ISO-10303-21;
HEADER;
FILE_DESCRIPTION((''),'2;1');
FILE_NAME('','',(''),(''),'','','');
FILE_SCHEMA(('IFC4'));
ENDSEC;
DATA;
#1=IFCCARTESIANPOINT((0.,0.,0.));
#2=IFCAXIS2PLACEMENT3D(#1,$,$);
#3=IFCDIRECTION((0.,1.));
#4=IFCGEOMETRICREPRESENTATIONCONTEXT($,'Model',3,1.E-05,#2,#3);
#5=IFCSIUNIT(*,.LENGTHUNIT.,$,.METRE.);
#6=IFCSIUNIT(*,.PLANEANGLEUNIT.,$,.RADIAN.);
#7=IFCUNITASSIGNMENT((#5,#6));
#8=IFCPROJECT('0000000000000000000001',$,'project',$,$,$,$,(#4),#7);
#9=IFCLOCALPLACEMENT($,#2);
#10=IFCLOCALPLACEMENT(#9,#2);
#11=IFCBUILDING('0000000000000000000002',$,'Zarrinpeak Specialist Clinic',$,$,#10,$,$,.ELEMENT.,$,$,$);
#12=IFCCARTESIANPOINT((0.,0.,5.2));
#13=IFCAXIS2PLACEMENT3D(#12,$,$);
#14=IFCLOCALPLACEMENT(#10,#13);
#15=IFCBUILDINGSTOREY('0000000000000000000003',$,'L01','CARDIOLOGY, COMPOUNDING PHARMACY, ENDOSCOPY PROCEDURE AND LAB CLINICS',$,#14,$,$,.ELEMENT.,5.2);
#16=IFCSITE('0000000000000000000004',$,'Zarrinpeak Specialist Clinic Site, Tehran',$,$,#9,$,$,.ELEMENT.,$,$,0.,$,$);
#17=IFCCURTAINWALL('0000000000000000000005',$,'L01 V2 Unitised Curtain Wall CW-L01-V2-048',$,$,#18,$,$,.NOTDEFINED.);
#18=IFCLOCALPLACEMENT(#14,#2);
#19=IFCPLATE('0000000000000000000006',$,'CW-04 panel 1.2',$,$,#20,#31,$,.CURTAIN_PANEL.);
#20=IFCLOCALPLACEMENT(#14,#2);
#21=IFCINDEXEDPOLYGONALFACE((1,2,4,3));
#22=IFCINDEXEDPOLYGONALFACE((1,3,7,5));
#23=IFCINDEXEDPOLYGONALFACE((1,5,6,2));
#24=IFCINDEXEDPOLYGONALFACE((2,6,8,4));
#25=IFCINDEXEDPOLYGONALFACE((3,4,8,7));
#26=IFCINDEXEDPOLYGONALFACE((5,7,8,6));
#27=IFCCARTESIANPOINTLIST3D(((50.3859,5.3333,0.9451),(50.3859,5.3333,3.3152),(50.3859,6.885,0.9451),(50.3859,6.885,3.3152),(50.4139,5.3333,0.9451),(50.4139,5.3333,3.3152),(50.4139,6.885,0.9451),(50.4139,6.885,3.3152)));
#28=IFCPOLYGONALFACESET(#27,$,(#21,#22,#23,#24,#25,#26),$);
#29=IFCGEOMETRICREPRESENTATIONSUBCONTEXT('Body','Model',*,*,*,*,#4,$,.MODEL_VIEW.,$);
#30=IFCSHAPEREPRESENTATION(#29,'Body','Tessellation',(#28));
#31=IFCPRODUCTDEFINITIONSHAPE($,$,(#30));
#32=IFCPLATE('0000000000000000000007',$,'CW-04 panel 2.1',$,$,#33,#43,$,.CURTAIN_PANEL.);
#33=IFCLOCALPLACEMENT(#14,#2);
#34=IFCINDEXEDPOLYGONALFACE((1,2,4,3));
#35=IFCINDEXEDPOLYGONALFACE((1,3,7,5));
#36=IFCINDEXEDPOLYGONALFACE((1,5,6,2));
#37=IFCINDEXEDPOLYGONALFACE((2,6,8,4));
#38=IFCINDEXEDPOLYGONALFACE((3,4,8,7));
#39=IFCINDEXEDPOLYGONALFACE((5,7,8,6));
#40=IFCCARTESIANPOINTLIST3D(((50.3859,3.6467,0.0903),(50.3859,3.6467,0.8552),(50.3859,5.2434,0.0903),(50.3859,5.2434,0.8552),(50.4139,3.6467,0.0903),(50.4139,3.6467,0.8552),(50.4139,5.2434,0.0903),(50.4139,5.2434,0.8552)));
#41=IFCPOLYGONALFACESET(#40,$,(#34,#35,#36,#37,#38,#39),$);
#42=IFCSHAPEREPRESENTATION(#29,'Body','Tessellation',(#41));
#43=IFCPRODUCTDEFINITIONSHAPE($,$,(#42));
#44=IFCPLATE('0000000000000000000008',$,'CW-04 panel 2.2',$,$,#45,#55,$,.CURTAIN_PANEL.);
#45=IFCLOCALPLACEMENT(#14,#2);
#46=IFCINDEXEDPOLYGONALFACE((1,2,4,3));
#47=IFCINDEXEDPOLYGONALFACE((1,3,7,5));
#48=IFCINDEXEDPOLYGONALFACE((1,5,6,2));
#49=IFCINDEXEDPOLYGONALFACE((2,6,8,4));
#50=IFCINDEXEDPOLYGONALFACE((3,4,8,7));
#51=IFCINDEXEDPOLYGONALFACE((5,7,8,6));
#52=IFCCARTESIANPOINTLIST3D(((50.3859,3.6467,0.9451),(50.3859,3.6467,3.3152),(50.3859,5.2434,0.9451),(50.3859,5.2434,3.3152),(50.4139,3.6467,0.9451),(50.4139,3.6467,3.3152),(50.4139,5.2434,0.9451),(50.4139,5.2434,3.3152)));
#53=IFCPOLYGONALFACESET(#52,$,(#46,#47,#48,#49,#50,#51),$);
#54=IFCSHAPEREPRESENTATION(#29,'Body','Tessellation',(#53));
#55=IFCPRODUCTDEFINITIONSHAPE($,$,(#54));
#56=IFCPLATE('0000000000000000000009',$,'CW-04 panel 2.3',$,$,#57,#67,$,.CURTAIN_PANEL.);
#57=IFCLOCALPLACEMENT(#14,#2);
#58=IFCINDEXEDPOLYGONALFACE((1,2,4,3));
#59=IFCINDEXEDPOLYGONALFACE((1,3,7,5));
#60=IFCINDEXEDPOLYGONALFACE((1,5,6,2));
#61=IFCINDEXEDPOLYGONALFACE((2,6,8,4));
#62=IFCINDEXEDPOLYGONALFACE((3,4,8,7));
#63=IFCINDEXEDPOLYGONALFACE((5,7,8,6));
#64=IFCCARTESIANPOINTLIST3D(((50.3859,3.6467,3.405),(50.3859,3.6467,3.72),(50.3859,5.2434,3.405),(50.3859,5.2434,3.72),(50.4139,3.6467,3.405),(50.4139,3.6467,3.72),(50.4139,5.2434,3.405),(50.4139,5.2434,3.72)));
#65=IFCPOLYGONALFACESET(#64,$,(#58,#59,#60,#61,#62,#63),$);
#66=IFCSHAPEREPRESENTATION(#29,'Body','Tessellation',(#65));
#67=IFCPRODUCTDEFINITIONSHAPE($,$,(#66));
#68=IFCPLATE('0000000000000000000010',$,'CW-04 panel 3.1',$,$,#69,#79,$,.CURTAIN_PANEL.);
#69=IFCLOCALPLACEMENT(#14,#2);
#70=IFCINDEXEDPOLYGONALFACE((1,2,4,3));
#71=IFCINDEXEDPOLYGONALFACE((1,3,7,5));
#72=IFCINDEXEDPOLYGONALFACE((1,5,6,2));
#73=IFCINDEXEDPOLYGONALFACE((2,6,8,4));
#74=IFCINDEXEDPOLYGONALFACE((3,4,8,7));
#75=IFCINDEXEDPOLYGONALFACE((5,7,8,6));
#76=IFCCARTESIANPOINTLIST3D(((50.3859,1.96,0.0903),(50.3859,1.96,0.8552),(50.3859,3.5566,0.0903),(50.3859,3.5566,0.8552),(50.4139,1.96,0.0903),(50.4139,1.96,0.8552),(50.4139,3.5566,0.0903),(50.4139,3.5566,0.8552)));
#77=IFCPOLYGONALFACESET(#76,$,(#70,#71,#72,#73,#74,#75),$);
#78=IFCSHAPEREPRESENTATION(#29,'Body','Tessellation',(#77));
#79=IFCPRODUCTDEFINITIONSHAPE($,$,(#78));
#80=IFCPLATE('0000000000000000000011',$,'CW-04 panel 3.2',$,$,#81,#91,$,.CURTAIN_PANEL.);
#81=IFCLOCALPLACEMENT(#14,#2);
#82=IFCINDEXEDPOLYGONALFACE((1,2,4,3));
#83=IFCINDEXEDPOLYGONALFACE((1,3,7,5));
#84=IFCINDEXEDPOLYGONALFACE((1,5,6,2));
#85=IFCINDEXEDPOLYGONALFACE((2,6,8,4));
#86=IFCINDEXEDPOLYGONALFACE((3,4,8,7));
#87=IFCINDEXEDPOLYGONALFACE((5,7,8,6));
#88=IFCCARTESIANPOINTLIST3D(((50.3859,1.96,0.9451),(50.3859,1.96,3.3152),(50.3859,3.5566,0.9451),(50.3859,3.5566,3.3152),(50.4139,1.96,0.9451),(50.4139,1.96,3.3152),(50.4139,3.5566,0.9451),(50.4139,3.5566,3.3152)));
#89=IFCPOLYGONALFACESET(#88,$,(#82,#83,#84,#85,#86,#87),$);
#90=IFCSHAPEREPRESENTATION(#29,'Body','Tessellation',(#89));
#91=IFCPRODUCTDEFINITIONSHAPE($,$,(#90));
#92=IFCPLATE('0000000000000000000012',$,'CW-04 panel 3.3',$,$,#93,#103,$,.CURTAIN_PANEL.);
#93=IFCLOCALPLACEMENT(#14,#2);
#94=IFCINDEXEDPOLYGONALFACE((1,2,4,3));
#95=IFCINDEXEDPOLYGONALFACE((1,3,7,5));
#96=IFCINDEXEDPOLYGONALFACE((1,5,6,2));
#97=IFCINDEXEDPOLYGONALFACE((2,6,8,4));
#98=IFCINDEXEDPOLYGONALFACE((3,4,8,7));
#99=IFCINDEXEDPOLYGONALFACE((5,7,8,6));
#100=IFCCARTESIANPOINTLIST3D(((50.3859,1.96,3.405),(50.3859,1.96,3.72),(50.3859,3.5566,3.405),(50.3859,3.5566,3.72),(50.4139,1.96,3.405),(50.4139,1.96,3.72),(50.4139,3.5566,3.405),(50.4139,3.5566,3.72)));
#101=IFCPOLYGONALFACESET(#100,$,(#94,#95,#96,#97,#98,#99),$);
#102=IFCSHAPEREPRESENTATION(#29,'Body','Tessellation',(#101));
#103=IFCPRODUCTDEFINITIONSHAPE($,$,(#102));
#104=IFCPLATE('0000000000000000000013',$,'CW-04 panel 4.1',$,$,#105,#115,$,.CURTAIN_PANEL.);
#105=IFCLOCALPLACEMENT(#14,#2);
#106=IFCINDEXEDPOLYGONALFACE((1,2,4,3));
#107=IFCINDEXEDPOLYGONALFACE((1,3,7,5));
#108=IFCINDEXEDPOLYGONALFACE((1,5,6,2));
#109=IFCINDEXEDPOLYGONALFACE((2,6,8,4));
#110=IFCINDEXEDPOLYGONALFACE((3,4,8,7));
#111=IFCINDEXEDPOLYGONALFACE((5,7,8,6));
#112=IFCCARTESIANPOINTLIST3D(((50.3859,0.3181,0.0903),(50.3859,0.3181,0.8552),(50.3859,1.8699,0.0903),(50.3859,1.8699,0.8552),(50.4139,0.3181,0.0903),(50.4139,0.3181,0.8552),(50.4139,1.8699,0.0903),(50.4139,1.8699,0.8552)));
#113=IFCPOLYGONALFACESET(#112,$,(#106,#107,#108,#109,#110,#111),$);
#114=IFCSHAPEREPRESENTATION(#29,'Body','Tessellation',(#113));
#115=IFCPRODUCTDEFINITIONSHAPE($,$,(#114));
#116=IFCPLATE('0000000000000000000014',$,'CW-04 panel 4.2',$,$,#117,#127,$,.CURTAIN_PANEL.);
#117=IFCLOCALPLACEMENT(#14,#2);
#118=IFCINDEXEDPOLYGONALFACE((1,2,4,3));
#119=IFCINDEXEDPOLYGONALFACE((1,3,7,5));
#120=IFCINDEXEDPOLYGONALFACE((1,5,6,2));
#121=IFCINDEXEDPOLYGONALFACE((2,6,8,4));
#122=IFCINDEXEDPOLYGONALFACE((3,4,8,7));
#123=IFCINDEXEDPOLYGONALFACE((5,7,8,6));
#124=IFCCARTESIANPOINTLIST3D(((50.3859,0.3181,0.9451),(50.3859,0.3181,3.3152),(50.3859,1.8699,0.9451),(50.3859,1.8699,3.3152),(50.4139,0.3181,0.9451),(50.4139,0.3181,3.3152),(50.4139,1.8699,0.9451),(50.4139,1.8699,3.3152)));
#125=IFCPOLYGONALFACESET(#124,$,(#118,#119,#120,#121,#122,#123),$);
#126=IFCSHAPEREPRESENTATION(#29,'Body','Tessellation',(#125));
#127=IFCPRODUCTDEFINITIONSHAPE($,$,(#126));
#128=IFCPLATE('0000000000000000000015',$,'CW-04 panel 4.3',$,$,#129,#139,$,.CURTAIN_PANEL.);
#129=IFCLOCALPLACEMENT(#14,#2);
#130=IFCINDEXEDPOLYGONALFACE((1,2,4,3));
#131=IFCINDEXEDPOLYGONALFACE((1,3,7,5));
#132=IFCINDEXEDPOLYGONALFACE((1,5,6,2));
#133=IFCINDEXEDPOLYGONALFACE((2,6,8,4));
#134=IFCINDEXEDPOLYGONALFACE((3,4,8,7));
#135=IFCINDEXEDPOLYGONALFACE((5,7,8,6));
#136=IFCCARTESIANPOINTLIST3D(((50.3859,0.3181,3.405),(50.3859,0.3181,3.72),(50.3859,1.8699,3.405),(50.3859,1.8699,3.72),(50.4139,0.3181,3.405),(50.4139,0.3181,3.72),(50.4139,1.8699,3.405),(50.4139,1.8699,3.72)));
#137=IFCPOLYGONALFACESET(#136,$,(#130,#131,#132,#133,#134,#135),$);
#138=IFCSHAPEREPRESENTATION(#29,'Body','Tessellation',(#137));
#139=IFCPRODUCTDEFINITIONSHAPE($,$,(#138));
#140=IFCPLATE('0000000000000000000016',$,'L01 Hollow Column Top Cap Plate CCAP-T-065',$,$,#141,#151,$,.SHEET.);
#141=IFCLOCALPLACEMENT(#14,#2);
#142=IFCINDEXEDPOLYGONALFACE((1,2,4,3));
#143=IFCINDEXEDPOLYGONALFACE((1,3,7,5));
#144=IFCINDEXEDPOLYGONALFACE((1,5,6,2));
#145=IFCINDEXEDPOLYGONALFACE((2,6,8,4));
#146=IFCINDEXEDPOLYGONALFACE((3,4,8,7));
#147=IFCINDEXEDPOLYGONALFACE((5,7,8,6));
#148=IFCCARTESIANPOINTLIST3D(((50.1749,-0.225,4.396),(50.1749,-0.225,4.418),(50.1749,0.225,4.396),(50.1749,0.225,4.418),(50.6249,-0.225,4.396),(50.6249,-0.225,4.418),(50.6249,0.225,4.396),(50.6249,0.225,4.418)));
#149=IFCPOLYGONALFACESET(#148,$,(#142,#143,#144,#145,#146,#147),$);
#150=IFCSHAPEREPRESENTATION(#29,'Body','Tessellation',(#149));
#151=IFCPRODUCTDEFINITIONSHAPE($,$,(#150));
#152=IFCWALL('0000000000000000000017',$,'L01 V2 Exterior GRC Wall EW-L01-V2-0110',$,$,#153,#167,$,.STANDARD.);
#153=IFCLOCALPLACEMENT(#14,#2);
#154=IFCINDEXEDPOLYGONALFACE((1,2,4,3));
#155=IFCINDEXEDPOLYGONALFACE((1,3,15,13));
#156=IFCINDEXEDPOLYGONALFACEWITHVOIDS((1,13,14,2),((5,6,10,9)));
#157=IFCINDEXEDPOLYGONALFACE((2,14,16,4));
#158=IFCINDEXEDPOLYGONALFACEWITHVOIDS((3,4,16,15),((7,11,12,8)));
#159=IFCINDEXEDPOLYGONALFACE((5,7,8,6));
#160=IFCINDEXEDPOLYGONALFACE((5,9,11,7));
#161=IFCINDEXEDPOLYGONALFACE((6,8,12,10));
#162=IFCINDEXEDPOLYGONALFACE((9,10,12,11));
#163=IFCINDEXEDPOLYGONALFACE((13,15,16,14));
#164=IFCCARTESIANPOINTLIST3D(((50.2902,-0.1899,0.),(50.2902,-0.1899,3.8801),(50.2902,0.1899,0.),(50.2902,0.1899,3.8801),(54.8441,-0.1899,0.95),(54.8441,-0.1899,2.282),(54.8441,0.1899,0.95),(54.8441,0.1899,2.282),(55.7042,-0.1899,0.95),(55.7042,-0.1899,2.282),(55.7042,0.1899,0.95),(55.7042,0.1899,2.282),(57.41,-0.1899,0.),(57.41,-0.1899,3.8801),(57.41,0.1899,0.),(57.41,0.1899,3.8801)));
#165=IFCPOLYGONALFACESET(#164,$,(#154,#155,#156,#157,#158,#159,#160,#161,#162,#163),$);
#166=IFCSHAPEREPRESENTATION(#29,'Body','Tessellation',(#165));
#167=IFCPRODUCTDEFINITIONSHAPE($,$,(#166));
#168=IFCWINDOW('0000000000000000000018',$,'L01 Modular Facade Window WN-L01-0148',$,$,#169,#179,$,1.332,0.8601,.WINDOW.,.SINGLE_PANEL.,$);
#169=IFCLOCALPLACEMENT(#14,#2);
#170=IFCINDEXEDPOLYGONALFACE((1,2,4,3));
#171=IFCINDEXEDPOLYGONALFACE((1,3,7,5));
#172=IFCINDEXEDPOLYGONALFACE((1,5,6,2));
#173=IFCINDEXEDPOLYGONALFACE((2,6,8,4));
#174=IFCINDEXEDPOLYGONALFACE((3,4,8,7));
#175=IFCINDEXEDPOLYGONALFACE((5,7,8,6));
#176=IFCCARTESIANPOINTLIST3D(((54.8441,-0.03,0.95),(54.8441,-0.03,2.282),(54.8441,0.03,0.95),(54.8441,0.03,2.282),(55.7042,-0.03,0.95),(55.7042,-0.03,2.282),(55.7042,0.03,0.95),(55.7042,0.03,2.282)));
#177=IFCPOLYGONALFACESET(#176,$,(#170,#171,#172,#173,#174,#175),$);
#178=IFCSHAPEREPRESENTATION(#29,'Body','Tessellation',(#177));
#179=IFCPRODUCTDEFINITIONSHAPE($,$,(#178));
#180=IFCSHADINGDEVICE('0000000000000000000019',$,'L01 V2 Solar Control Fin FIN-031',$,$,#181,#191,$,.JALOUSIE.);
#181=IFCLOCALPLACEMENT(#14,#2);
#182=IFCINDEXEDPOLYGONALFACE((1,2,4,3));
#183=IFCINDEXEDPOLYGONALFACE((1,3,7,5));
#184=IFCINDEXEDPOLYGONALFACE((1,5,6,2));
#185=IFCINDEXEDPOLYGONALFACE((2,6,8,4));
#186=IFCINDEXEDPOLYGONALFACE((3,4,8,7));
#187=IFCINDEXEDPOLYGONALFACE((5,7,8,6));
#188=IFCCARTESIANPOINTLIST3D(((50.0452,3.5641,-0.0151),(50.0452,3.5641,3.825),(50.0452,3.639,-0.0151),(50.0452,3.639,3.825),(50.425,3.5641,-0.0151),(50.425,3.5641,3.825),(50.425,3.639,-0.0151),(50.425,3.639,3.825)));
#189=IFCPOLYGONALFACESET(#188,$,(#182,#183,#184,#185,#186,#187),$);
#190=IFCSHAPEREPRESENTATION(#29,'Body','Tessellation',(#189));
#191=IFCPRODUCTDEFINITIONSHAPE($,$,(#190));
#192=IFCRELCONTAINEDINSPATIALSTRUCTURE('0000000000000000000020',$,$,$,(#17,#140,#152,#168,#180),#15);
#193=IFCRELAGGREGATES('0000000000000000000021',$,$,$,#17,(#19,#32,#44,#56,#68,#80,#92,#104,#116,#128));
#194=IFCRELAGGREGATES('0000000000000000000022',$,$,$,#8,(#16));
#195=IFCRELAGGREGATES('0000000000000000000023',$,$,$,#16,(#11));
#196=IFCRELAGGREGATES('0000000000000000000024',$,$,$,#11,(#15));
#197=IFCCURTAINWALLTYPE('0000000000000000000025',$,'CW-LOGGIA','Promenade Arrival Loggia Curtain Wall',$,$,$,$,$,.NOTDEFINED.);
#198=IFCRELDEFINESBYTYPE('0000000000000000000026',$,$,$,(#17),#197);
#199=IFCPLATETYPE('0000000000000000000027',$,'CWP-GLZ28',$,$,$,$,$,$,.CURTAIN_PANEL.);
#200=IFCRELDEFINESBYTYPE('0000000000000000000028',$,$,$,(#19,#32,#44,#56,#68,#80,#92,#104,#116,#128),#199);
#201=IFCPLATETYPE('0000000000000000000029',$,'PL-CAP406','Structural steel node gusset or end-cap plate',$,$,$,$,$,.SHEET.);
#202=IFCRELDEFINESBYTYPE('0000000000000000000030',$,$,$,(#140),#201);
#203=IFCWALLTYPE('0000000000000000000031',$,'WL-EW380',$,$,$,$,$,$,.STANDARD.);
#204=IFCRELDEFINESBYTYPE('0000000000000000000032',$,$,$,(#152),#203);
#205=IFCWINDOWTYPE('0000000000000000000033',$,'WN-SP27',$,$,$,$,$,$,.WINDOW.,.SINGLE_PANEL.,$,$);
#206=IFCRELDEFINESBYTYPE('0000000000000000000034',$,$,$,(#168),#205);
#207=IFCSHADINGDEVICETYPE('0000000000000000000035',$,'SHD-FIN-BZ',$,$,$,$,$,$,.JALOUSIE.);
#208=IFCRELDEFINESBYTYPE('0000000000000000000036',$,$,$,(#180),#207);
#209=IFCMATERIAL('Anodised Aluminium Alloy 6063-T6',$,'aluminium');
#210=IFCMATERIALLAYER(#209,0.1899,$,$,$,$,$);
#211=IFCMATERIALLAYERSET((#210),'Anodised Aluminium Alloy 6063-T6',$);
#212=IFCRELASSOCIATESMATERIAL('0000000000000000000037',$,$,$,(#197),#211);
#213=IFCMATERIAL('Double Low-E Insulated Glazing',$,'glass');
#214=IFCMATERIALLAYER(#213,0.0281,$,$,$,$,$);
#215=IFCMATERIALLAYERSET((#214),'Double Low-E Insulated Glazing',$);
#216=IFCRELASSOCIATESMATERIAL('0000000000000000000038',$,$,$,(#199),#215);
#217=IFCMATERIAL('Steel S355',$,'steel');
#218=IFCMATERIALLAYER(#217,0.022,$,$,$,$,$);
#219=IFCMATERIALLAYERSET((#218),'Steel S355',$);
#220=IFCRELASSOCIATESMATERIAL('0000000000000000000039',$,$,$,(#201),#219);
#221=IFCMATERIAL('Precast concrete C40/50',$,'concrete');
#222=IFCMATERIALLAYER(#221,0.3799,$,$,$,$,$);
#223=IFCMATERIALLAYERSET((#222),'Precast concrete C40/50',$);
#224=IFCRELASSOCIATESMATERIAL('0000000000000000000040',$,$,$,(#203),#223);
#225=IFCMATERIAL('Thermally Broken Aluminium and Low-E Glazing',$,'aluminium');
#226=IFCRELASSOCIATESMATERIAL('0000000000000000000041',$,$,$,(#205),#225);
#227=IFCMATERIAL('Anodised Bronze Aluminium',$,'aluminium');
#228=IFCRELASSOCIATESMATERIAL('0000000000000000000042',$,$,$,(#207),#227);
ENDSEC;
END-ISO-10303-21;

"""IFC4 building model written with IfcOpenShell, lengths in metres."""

from ifc_helpers import new_model, si_unit, direction, frame, frame_2d, origin, origin_2d, place, context, subcontext, project, spatial, rectangle, extrude, material, layer, layer_set, type_object, element, fill, aggregate, save


model = new_model("IFC4")

# Units and contexts
model_context = context("Model", 3, precision=1e-05, world=origin(), true_north=direction((0.0, 1.0)))
body_context = subcontext(model_context, "Body", "Model", "MODEL_VIEW")
ifc_project = project(units=[si_unit("LENGTHUNIT", "METRE"), si_unit("PLANEANGLEUNIT", "RADIAN")], contexts=[model_context])

# Site, building, storey
site_placement = place(None, origin())
site = spatial("IfcSite", under=ifc_project, at=site_placement, Name="Zarrinpeak Specialist Clinic Site, Tehran", CompositionType="ELEMENT", RefElevation=0.0)
building_placement = place(site_placement, origin())
building = spatial("IfcBuilding", under=site, at=building_placement, Name="Zarrinpeak Specialist Clinic", CompositionType="ELEMENT")
storey_placement = place(building_placement, frame((0.0, 0.0, 5.2)))
storey = spatial("IfcBuildingStorey", under=building, at=storey_placement, Name="L01", Description="CARDIOLOGY, COMPOUNDING PHARMACY, ENDOSCOPY PROCEDURE AND LAB CLINICS", CompositionType="ELEMENT", Elevation=5.2)

# Shared definitions
ifc_material_1 = material(Name="Steel S355", Category="steel")

# Shared definitions
ifc_material_2 = material(Name="Anodised Aluminium Alloy 6063-T6", Category="aluminium")
ifc_layer_1 = layer(ifc_material_2, 0.1899)
ifc_layer_set_1 = layer_set([ifc_layer_1], Name="Anodised Aluminium Alloy 6063-T6")
curtain_wall_type = type_object("IfcCurtainWallType", Name="CW-LOGGIA", Description="Promenade Arrival Loggia Curtain Wall", PredefinedType="NOTDEFINED", material=ifc_layer_set_1)

# Curtain wall
curtain_wall_1_placement = place(storey_placement, origin())
curtain_wall_1 = element("IfcCurtainWall", 1, at=curtain_wall_1_placement, inside=storey, type_object=curtain_wall_type, Name="L01 V2 Unitised Curtain Wall CW-L01-V2-048", PredefinedType="NOTDEFINED")

# Plates
ifc_material_3 = material(Name="Double Low-E Insulated Glazing", Category="glass")
ifc_layer_2 = layer(ifc_material_3, 0.0281)
ifc_layer_set_2 = layer_set([ifc_layer_2], Name="Double Low-E Insulated Glazing")
plate_type_1 = type_object("IfcPlateType", Name="CWP-GLZ28", PredefinedType="CURTAIN_PANEL", material=ifc_layer_set_2)
plate_1_placement = place(storey_placement, frame((50.3999, 6.1091, 0.9451), z_axis=(0.0, 0.0, 1.0), x_axis=(0.0, -1.0, 0.0)))
plate_1 = element("IfcPlate", 2, at=plate_1_placement, type_object=plate_type_1, Name="CW-04 panel 1.2", PredefinedType="CURTAIN_PANEL", context=body_context, shape_type="SweptSolid", body=[
    extrude(rectangle(XDim=1.5518, YDim=0.0281, at=origin_2d()), origin(), (0.0, 0.0, 1.0), 2.3701),
])
plate_2_placement = place(storey_placement, frame((50.3999, 4.4451, 0.0903), z_axis=(0.0, 0.0, 1.0), x_axis=(0.0, -1.0, 0.0)))
plate_2 = element("IfcPlate", 3, at=plate_2_placement, type_object=plate_type_1, Name="CW-04 panel 2.1", PredefinedType="CURTAIN_PANEL", context=body_context, shape_type="SweptSolid", body=[
    extrude(rectangle(XDim=1.5967, YDim=0.0281, at=origin_2d()), origin(), (0.0, 0.0, 1.0), 0.7649),
])
plate_3_placement = place(storey_placement, frame((50.3999, 4.4451, 0.9451), z_axis=(0.0, 0.0, 1.0), x_axis=(0.0, -1.0, 0.0)))
plate_3 = element("IfcPlate", 4, at=plate_3_placement, type_object=plate_type_1, Name="CW-04 panel 2.2", PredefinedType="CURTAIN_PANEL", context=body_context, shape_type="SweptSolid", body=[
    extrude(rectangle(XDim=1.5967, YDim=0.0281, at=origin_2d()), origin(), (0.0, 0.0, 1.0), 2.3701),
])
plate_4_placement = place(storey_placement, frame((50.3999, 4.4451, 3.405), z_axis=(0.0, 0.0, 1.0), x_axis=(0.0, -1.0, 0.0)))
plate_4 = element("IfcPlate", 5, at=plate_4_placement, type_object=plate_type_1, Name="CW-04 panel 2.3", PredefinedType="CURTAIN_PANEL", context=body_context, shape_type="SweptSolid", body=[
    extrude(rectangle(XDim=1.5967, YDim=0.0281, at=origin_2d()), origin(), (0.0, 0.0, 1.0), 0.3149),
])
plate_5_placement = place(storey_placement, frame((50.3999, 2.7583, 0.0903), z_axis=(0.0, 0.0, 1.0), x_axis=(0.0, -1.0, 0.0)))
plate_5 = element("IfcPlate", 6, at=plate_5_placement, type_object=plate_type_1, Name="CW-04 panel 3.1", PredefinedType="CURTAIN_PANEL", context=body_context, shape_type="SweptSolid", body=[
    extrude(rectangle(XDim=1.5967, YDim=0.0281, at=origin_2d()), origin(), (0.0, 0.0, 1.0), 0.7649),
])
plate_6_placement = place(storey_placement, frame((50.3999, 2.7583, 0.9451), z_axis=(0.0, 0.0, 1.0), x_axis=(0.0, -1.0, 0.0)))
plate_6 = element("IfcPlate", 7, at=plate_6_placement, type_object=plate_type_1, Name="CW-04 panel 3.2", PredefinedType="CURTAIN_PANEL", context=body_context, shape_type="SweptSolid", body=[
    extrude(rectangle(XDim=1.5967, YDim=0.0281, at=origin_2d()), origin(), (0.0, 0.0, 1.0), 2.3701),
])
plate_7_placement = place(storey_placement, frame((50.3999, 2.7583, 3.405), z_axis=(0.0, 0.0, 1.0), x_axis=(0.0, -1.0, 0.0)))
plate_7 = element("IfcPlate", 8, at=plate_7_placement, type_object=plate_type_1, Name="CW-04 panel 3.3", PredefinedType="CURTAIN_PANEL", context=body_context, shape_type="SweptSolid", body=[
    extrude(rectangle(XDim=1.5967, YDim=0.0281, at=origin_2d()), origin(), (0.0, 0.0, 1.0), 0.3149),
])
plate_8_placement = place(storey_placement, frame((50.3999, 1.094, 0.0903), z_axis=(0.0, 0.0, 1.0), x_axis=(0.0, -1.0, 0.0)))
plate_8 = element("IfcPlate", 9, at=plate_8_placement, type_object=plate_type_1, Name="CW-04 panel 4.1", PredefinedType="CURTAIN_PANEL", context=body_context, shape_type="SweptSolid", body=[
    extrude(rectangle(XDim=1.5518, YDim=0.0281, at=origin_2d()), origin(), (0.0, 0.0, 1.0), 0.7649),
])
plate_9_placement = place(storey_placement, frame((50.3999, 1.094, 0.9451), z_axis=(0.0, 0.0, 1.0), x_axis=(0.0, -1.0, 0.0)))
plate_9 = element("IfcPlate", 10, at=plate_9_placement, type_object=plate_type_1, Name="CW-04 panel 4.2", PredefinedType="CURTAIN_PANEL", context=body_context, shape_type="SweptSolid", body=[
    extrude(rectangle(XDim=1.5518, YDim=0.0281, at=origin_2d()), origin(), (0.0, 0.0, 1.0), 2.3701),
])
plate_10_placement = place(storey_placement, frame((50.3999, 1.094, 3.405), z_axis=(0.0, 0.0, 1.0), x_axis=(0.0, -1.0, 0.0)))
plate_10 = element("IfcPlate", 11, at=plate_10_placement, type_object=plate_type_1, Name="CW-04 panel 4.3", PredefinedType="CURTAIN_PANEL", context=body_context, shape_type="SweptSolid", body=[
    extrude(rectangle(XDim=1.5518, YDim=0.0281, at=origin_2d()), origin(), (0.0, 0.0, 1.0), 0.3149),
])
aggregate(curtain_wall_1, [plate_1, plate_2, plate_3, plate_4, plate_5, plate_6, plate_7, plate_8, plate_9, plate_10])
ifc_layer_3 = layer(ifc_material_1, 0.022)
ifc_layer_set_3 = layer_set([ifc_layer_3], Name="Steel S355")
plate_type_2 = type_object("IfcPlateType", Name="PL-CAP406", Description="Structural steel node gusset or end-cap plate", PredefinedType="SHEET", material=ifc_layer_set_3)
plate_11_placement = place(storey_placement, frame((50.3999, 0.0, 4.396), z_axis=(0.0, 0.0, 1.0), x_axis=(1.0, 0.0, 0.0)))
element("IfcPlate", 12, at=plate_11_placement, inside=storey, type_object=plate_type_2, Name="L01 Hollow Column Top Cap Plate CCAP-T-065", PredefinedType="SHEET", context=body_context, shape_type="SweptSolid", body=[
    extrude(rectangle(XDim=0.45, YDim=0.45, at=origin_2d()), origin(), (0.0, 0.0, 1.0), 0.022),
])

# Wall, opening, window
ifc_material_4 = material(Name="Precast concrete C40/50", Category="concrete")
ifc_layer_4 = layer(ifc_material_4, 0.3799)
ifc_layer_set_4 = layer_set([ifc_layer_4], Name="Precast concrete C40/50")
wall_type = type_object("IfcWallType", Name="WL-EW380", PredefinedType="STANDARD", material=ifc_layer_set_4)
wall_placement = place(storey_placement, frame((50.29, 0.0, 0.0), z_axis=(0.0, 0.0, 1.0), x_axis=(1.0, 0.0, 0.0)))
wall = element("IfcWall", 13, at=wall_placement, inside=storey, type_object=wall_type, Name="L01 V2 Exterior GRC Wall EW-L01-V2-0110", PredefinedType="STANDARD", context=body_context, shape_type="SweptSolid", body=[
    extrude(rectangle(XDim=7.1199, YDim=0.3799, at=frame_2d((3.5601, 0.0))), origin(), (0.0, 0.0, 1.0), 3.8801),
])
opening_placement = place(wall_placement, frame((4.554, 0.0, 0.95)))
opening = element("IfcOpeningElement", 14, at=opening_placement, cuts=wall, PredefinedType="OPENING", context=body_context, shape_type="SweptSolid", body=[
    extrude(rectangle(XDim=0.8601, YDim=1.332, at=frame_2d((0.4302, 0.666))), frame((0.0, 0.2, 0.0), z_axis=(0.0, -1.0, 0.0), x_axis=(1.0, 0.0, 0.0)), (0.0, 0.0, 1.0), 0.3999),
])
ifc_material_5 = material(Name="Thermally Broken Aluminium and Low-E Glazing", Category="aluminium")
window_type = type_object("IfcWindowType", Name="WN-SP27", PartitioningType="SINGLE_PANEL", PredefinedType="WINDOW", material=ifc_material_5)
window_placement = place(opening_placement, origin())
window = element("IfcWindow", 15, at=window_placement, inside=storey, type_object=window_type, Name="L01 Modular Facade Window WN-L01-0148", OverallHeight=1.332, OverallWidth=0.8601, PartitioningType="SINGLE_PANEL", PredefinedType="WINDOW", context=body_context, shape_type="SweptSolid", body=[
    extrude(rectangle(XDim=0.8601, YDim=1.332, at=frame_2d((0.4302, 0.666))), frame((0.0, 0.03, 0.0), z_axis=(0.0, -1.0, 0.0), x_axis=(1.0, 0.0, 0.0)), (0.0, 0.0, 1.0), 0.0601),
])
fill(opening, window)

# Shading device
ifc_material_6 = material(Name="Anodised Bronze Aluminium", Category="aluminium")
shading_device_type = type_object("IfcShadingDeviceType", Name="SHD-FIN-BZ", PredefinedType="JALOUSIE", material=ifc_material_6)
shading_device_placement = place(storey_placement, frame((50.2351, 3.6016, -0.0151), z_axis=(0.0, 0.0, 1.0), x_axis=(1.0, 0.0, 0.0)))
element("IfcShadingDevice", 16, at=shading_device_placement, inside=storey, type_object=shading_device_type, Name="L01 V2 Solar Control Fin FIN-031", PredefinedType="JALOUSIE", context=body_context, shape_type="SweptSolid", body=[
    extrude(rectangle(XDim=0.3799, YDim=0.075, at=origin_2d()), origin(), (0.0, 0.0, 1.0), 3.8401),
])

save(model, "model.ifc")
